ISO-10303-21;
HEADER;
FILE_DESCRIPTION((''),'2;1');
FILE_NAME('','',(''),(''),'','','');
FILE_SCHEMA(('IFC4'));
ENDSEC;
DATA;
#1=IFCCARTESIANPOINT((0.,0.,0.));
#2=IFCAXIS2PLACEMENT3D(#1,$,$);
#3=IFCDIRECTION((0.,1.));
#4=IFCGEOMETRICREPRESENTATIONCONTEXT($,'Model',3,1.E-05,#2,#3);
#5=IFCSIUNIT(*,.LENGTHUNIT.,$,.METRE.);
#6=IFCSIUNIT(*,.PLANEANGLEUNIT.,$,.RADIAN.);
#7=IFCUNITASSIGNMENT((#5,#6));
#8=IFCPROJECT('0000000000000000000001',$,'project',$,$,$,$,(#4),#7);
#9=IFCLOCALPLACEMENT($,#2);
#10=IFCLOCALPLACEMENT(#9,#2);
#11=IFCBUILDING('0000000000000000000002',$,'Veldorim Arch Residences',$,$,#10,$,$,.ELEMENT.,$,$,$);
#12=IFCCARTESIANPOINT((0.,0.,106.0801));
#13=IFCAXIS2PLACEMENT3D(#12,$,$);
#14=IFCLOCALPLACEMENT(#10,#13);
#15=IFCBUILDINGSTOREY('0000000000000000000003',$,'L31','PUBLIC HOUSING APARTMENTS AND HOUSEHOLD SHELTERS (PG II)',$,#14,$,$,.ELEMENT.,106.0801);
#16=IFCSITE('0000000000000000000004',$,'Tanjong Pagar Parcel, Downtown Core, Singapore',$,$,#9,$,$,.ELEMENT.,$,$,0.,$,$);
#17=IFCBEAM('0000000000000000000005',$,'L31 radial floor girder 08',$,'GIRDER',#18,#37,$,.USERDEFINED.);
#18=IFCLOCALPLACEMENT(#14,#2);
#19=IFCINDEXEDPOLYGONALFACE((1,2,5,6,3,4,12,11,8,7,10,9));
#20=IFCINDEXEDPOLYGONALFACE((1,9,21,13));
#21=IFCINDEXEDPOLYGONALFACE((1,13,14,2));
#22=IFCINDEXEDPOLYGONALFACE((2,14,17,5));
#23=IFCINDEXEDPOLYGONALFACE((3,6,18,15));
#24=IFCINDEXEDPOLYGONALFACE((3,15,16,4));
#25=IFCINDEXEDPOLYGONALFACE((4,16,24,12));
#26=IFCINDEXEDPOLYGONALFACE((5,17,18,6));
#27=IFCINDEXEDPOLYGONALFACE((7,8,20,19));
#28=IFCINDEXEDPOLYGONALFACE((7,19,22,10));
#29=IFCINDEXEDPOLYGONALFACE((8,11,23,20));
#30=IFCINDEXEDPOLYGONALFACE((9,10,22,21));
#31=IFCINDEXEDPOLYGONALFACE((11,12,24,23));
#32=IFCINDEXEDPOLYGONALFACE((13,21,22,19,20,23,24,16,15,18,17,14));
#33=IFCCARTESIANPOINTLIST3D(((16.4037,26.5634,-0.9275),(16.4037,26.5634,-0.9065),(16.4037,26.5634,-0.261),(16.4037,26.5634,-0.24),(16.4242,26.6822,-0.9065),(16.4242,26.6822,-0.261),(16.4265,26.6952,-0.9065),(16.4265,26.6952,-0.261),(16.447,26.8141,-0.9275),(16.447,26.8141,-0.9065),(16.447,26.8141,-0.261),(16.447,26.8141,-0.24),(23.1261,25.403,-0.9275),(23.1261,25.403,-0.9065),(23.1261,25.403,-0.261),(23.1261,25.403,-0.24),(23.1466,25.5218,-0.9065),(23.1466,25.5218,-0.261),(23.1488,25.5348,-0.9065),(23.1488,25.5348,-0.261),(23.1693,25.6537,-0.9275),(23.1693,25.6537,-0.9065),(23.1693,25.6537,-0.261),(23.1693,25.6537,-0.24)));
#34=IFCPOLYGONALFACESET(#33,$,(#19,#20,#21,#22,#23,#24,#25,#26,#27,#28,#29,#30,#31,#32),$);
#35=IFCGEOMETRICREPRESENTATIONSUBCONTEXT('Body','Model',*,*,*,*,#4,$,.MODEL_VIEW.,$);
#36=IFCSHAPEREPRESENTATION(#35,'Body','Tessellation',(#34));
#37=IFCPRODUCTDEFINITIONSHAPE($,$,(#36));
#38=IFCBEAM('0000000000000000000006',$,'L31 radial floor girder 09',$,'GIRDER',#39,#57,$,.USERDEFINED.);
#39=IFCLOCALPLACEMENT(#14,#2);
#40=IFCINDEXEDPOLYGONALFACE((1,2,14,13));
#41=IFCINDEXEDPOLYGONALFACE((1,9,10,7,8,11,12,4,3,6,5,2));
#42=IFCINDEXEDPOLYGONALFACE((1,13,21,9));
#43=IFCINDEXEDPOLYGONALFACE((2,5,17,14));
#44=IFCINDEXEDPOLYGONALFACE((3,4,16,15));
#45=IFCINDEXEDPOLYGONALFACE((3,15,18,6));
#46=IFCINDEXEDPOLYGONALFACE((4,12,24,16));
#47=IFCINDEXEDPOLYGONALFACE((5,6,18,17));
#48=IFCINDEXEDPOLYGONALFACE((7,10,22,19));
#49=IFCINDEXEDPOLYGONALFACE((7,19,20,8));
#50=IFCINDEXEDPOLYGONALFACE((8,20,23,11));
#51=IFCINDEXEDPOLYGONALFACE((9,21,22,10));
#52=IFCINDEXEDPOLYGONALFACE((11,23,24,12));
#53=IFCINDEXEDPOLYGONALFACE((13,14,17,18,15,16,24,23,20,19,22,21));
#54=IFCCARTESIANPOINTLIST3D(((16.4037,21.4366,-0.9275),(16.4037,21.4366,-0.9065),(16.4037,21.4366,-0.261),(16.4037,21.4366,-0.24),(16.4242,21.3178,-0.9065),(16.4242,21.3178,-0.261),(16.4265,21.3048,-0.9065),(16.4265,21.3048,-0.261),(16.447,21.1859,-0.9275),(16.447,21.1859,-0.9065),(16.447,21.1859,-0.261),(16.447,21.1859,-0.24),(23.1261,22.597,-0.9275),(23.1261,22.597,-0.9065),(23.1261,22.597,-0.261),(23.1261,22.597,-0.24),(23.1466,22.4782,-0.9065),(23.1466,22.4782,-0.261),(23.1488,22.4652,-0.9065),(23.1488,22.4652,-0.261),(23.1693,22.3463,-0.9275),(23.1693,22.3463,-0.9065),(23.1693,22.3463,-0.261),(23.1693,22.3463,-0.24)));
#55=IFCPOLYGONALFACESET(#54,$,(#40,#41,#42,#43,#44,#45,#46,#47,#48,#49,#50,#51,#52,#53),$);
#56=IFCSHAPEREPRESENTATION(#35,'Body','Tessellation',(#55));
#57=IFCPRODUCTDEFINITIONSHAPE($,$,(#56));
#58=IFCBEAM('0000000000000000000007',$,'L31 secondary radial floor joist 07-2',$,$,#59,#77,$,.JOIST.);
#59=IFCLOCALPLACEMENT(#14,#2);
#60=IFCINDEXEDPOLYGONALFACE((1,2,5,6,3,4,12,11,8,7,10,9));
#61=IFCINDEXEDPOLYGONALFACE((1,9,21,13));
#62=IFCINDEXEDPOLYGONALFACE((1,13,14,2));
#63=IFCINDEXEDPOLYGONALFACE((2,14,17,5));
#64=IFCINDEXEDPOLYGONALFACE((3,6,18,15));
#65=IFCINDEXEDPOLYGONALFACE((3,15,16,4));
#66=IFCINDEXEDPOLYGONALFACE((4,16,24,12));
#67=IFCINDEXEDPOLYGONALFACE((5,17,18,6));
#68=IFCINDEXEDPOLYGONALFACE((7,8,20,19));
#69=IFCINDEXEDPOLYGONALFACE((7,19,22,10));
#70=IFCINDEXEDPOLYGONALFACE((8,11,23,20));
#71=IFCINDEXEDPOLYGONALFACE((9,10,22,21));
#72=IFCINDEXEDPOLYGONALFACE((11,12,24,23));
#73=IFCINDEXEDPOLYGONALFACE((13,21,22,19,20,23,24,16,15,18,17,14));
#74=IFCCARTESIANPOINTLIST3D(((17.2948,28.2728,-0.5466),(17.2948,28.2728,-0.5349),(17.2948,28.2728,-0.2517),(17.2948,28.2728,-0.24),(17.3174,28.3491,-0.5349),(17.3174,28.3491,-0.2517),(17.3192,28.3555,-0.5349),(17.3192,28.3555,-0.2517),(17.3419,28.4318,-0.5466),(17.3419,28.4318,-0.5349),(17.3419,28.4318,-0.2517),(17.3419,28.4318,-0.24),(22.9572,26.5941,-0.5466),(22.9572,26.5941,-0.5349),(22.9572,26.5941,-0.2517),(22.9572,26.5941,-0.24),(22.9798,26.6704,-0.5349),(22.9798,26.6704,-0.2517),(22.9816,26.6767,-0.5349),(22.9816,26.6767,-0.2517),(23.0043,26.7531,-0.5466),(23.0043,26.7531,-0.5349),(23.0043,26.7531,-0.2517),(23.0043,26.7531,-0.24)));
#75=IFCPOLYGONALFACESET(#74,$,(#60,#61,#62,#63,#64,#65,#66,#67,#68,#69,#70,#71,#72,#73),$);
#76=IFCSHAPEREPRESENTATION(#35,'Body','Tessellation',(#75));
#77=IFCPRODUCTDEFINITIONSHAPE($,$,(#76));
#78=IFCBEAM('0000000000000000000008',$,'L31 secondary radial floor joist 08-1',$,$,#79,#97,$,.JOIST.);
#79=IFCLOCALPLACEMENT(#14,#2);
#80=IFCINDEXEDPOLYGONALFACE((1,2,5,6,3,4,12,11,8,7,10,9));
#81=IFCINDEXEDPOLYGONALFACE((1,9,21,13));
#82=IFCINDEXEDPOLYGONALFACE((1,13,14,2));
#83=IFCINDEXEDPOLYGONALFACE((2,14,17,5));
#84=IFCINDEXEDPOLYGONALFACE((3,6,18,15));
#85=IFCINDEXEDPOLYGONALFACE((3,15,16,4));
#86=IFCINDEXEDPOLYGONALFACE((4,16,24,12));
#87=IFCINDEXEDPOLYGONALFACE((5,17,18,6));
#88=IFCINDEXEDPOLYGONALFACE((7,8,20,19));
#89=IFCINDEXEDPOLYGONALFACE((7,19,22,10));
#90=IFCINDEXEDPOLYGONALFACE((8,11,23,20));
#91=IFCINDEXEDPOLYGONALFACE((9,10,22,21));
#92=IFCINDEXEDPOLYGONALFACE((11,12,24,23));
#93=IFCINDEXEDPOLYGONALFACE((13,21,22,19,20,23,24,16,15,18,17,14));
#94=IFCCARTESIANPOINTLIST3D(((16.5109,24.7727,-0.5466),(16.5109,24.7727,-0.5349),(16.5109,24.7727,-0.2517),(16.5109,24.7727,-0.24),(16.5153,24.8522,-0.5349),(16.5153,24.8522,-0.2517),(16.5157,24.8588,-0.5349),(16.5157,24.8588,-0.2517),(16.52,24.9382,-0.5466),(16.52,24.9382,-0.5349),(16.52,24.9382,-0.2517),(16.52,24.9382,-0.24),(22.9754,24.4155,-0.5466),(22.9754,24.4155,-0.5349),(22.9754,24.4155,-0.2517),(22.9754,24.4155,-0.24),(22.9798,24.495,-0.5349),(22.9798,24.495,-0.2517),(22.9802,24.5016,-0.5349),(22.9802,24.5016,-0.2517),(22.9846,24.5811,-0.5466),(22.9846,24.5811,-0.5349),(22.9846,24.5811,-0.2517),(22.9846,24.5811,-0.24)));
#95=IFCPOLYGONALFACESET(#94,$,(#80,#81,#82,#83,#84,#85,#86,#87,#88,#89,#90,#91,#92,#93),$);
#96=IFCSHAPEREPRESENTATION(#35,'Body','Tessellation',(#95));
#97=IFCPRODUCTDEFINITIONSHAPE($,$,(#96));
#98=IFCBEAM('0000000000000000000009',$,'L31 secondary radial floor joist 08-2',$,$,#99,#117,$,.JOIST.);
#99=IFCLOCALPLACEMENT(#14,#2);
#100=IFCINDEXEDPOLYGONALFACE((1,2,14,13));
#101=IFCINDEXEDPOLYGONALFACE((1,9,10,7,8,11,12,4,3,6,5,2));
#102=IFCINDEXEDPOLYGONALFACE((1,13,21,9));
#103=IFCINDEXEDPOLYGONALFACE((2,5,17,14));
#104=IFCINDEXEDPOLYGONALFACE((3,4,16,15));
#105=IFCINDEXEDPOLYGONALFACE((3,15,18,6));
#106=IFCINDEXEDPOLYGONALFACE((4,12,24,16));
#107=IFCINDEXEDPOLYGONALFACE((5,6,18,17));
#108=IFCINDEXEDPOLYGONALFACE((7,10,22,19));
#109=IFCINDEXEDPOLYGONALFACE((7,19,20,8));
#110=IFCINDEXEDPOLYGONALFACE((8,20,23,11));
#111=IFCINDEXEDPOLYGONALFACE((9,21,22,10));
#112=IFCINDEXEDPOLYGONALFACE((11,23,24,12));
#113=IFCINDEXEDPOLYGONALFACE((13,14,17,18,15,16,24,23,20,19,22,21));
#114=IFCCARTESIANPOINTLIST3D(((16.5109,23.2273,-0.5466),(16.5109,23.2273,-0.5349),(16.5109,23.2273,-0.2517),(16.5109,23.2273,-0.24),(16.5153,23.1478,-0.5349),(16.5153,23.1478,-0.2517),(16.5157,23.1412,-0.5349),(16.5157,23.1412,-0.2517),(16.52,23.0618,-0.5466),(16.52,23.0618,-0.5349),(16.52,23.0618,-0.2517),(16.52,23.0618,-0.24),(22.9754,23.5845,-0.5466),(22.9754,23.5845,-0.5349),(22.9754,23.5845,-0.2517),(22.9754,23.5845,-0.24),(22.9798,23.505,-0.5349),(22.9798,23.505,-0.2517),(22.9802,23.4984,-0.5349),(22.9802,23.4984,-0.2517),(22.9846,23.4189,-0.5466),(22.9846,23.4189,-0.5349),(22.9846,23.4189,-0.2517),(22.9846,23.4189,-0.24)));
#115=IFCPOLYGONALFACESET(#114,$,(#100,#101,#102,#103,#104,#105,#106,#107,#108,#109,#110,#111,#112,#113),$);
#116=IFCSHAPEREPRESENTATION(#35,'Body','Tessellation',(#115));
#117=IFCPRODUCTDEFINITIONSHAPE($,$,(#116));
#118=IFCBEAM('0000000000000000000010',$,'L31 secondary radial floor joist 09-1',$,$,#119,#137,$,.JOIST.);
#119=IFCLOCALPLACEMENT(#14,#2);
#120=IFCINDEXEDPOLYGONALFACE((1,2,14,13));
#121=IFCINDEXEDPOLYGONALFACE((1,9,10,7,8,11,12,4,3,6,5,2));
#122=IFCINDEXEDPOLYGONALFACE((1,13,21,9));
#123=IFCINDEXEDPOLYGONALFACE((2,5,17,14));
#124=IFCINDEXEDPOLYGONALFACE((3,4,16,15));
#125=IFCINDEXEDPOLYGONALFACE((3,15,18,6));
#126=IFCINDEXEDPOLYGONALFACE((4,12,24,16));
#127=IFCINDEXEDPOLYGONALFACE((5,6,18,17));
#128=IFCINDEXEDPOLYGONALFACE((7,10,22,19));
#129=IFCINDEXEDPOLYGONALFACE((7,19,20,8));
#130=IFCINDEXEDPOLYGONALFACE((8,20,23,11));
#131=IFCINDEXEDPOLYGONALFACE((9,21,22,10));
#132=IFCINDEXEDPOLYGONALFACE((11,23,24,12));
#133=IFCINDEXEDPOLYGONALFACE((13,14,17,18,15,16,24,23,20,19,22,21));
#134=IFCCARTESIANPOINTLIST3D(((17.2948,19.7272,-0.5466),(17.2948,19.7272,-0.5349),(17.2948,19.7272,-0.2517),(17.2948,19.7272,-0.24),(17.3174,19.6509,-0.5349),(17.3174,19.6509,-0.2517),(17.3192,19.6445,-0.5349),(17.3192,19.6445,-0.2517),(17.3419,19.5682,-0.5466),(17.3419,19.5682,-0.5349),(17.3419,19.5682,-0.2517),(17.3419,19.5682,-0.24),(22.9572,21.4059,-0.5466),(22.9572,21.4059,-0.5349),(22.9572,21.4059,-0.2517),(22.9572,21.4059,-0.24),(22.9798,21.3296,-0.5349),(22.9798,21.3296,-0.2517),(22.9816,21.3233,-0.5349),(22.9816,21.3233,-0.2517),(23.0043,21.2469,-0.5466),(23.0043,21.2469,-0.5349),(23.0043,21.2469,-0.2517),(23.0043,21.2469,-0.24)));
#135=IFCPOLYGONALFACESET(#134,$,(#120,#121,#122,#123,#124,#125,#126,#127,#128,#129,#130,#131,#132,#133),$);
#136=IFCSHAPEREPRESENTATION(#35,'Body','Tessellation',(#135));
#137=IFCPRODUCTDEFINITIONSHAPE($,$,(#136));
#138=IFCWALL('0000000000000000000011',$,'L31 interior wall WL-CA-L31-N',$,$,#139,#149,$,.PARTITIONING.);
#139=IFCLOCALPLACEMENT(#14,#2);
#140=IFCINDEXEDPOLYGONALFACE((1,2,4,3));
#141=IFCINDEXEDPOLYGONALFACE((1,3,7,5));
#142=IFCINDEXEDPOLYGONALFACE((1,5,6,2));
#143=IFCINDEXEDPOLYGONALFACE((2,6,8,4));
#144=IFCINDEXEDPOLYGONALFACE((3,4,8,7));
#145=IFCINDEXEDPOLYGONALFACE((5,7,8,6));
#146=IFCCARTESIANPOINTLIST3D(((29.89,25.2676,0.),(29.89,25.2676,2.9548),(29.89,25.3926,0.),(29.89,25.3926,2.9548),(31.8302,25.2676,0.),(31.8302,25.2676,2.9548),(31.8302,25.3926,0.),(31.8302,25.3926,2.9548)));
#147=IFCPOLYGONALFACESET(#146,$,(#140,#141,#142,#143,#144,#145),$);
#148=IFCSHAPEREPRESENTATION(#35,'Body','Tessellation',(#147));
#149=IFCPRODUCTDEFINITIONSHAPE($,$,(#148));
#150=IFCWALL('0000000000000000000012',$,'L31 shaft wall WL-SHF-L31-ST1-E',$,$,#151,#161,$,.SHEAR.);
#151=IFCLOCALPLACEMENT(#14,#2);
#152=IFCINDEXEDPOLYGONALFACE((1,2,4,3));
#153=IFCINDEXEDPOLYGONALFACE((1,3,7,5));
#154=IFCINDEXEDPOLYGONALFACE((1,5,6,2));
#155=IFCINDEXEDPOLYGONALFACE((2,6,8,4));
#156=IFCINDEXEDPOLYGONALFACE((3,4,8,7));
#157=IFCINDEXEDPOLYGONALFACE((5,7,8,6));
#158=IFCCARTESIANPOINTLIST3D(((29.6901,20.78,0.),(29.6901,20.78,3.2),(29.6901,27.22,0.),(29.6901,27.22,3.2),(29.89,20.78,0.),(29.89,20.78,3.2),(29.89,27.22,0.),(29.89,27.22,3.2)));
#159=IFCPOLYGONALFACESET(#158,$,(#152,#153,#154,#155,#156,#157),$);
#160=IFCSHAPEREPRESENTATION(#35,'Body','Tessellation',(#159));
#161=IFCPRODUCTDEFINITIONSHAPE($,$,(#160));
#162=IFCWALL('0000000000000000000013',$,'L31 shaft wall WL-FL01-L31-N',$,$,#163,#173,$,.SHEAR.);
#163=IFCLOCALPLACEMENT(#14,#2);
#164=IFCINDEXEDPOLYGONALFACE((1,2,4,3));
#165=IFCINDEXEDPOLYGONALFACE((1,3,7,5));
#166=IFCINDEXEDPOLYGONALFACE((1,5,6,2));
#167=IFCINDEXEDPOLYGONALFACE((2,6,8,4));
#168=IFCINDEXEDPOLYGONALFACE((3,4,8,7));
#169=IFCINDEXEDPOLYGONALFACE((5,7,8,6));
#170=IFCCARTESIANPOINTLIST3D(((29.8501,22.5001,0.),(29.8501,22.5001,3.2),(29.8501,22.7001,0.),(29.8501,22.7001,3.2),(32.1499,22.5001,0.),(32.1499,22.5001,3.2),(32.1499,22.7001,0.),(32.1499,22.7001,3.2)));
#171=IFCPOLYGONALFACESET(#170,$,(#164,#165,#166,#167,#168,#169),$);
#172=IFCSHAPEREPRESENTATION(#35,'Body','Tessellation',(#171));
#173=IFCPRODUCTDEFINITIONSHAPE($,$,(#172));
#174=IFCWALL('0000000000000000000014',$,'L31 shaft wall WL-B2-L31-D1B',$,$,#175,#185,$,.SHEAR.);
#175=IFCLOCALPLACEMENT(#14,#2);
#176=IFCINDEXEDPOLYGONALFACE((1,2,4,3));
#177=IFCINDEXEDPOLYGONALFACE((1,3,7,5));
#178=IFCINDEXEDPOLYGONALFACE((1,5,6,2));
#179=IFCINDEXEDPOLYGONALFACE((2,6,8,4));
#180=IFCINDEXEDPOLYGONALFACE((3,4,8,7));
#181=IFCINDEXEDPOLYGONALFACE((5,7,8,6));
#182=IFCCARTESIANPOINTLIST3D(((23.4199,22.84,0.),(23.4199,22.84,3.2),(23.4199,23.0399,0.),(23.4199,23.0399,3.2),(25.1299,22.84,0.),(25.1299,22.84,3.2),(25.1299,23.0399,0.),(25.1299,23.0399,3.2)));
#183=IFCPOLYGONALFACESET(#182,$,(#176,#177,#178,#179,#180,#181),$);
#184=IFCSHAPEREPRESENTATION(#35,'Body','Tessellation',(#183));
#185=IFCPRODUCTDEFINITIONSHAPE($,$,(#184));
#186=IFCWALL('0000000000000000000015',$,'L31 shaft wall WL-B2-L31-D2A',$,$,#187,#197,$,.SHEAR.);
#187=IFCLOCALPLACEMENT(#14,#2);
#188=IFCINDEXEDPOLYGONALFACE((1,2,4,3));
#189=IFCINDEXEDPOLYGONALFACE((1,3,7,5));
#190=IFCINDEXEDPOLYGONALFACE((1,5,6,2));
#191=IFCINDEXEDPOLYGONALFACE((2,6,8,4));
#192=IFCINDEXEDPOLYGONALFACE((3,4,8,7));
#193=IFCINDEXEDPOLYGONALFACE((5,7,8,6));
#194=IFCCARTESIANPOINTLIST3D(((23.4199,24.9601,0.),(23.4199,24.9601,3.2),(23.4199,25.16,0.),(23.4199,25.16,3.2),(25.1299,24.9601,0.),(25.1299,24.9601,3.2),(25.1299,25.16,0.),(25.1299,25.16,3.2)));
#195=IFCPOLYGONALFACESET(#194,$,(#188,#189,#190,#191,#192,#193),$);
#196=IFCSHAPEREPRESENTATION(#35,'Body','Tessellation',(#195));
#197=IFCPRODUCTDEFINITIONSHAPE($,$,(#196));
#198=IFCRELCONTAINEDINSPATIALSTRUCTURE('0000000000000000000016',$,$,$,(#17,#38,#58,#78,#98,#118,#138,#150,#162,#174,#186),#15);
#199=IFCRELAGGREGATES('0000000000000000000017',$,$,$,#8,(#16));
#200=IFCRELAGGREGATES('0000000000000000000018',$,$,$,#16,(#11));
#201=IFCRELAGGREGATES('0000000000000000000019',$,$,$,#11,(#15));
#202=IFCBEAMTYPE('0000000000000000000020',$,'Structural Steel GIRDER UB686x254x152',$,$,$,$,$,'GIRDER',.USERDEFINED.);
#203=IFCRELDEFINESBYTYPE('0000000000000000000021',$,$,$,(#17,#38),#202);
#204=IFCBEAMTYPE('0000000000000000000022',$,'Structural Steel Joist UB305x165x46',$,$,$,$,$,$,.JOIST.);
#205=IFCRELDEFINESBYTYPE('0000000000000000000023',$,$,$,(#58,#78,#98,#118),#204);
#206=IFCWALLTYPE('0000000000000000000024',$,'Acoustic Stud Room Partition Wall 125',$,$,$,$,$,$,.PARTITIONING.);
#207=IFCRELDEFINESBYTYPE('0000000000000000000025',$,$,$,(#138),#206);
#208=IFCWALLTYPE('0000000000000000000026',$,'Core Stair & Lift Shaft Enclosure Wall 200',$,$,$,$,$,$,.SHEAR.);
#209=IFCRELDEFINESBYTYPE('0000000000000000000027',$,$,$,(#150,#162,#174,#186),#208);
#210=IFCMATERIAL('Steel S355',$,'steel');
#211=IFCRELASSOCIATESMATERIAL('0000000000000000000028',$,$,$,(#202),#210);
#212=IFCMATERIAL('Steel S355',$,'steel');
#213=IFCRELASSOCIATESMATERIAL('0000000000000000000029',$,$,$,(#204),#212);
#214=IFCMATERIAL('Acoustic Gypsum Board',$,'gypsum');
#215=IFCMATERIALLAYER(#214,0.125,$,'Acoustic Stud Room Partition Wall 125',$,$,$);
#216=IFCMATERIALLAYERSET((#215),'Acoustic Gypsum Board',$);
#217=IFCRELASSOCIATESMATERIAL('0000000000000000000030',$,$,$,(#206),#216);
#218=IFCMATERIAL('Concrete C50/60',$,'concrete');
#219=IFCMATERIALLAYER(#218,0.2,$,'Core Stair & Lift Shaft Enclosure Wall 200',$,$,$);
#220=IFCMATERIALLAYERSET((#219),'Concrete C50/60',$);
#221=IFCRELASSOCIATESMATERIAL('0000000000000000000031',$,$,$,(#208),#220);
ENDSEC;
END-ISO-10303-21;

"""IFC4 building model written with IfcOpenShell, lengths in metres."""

from ifc_helpers import new_model, si_unit, direction, frame, frame_2d, origin, origin_2d, place, context, subcontext, project, spatial, rectangle, i_section, extrude, material, layer, layer_set, material_profile, profile_set, type_object, element, save


model = new_model("IFC4")

# Units and contexts
model_context = context("Model", 3, precision=1e-05, world=origin(), true_north=direction((0.0, 1.0)))
body_context = subcontext(model_context, "Body", "Model", "MODEL_VIEW")
ifc_project = project(units=[si_unit("LENGTHUNIT", "METRE"), si_unit("PLANEANGLEUNIT", "RADIAN")], contexts=[model_context])

# Site, building, storey
site_placement = place(None, origin())
site = spatial("IfcSite", under=ifc_project, at=site_placement, Name="Tanjong Pagar Parcel, Downtown Core, Singapore", CompositionType="ELEMENT", RefElevation=0.0)
building_placement = place(site_placement, origin())
building = spatial("IfcBuilding", under=site, at=building_placement, Name="Veldorim Arch Residences", CompositionType="ELEMENT")
storey_placement = place(building_placement, frame((0.0, 0.0, 106.0801)))
storey = spatial("IfcBuildingStorey", under=building, at=storey_placement, Name="L31", Description="PUBLIC HOUSING APARTMENTS AND HOUSEHOLD SHELTERS (PG II)", CompositionType="ELEMENT", Elevation=106.0801)

# Beams
ifc_material_1 = material(Name="Steel S355", Category="steel")
ifc_material_profile_1 = material_profile(ifc_material_1, i_section(OverallWidth=0.2544, OverallDepth=0.6875, WebThickness=0.0132, FlangeThickness=0.021, at=origin_2d()), Name="UB686x254x152")
ifc_profile_set_1 = profile_set([ifc_material_profile_1], Name="Steel S355")
beam_type_1 = type_object("IfcBeamType", Name="Structural Steel GIRDER UB686x254x152", ElementType="GIRDER", PredefinedType="USERDEFINED", material=ifc_profile_set_1)
for number, where, z_axis, x_axis, name in (
    (1, (23.1477, 25.5283, -0.5837), (-0.985427, 0.170101, 0.0), (-0.170101, -0.985427, 0.0), "L31 radial floor girder 08"),
    (2, (23.1477, 22.4717, -0.5837), (-0.985427, -0.170101, 0.0), (0.170101, -0.985427, 0.0), "L31 radial floor girder 09"),
):
    element("IfcBeam", number, at=place(storey_placement, frame(where, z_axis=z_axis, x_axis=x_axis)), inside=storey, type_object=beam_type_1, Name=name, ObjectType="GIRDER", PredefinedType="USERDEFINED", context=body_context, shape_type="SweptSolid", body=[
        extrude(i_section(OverallWidth=0.2544, OverallDepth=0.6875, WebThickness=0.0132, FlangeThickness=0.021, at=origin_2d()), origin(), (0.0, 0.0, 1.0), 6.8218),
    ])
ifc_material_2 = material(Name="Steel S355", Category="steel")
ifc_material_profile_2 = material_profile(ifc_material_2, i_section(OverallWidth=0.1658, OverallDepth=0.3066, WebThickness=0.0066, FlangeThickness=0.0117, at=origin_2d()), Name="UB305x165x46")
ifc_profile_set_2 = profile_set([ifc_material_profile_2], Name="Steel S355")
beam_type_2 = type_object("IfcBeamType", Name="Structural Steel Joist UB305x165x46", PredefinedType="JOIST", material=ifc_profile_set_2)
beam_1_placement = place(storey_placement, frame((22.9807, 26.6736, -0.3933), z_axis=(-0.958753, 0.28424, 0.0), x_axis=(-0.28424, -0.958753, 0.0)))
element("IfcBeam", 3, at=beam_1_placement, inside=storey, type_object=beam_type_2, Name="L31 secondary radial floor joist 07-2", PredefinedType="JOIST", context=body_context, shape_type="SweptSolid", body=[
    extrude(i_section(OverallWidth=0.1658, OverallDepth=0.3066, WebThickness=0.0066, FlangeThickness=0.0117, at=origin_2d()), origin(), (0.0, 0.0, 1.0), 5.906),
])
for number, where, z_axis, x_axis, name in (
    (4, (22.98, 24.4983, -0.3933), (-0.998477, 0.055167, 0.0), (-0.055167, -0.998477, 0.0), "L31 secondary radial floor joist 08-1"),
    (5, (22.98, 23.5017, -0.3933), (-0.998477, -0.055167, 0.0), (0.055167, -0.998477, 0.0), "L31 secondary radial floor joist 08-2"),
):
    element("IfcBeam", number, at=place(storey_placement, frame(where, z_axis=z_axis, x_axis=x_axis)), inside=storey, type_object=beam_type_2, Name=name, PredefinedType="JOIST", context=body_context, shape_type="SweptSolid", body=[
        extrude(i_section(OverallWidth=0.1658, OverallDepth=0.3066, WebThickness=0.0066, FlangeThickness=0.0117, at=origin_2d()), origin(), (0.0, 0.0, 1.0), 6.4744),
    ])
beam_2_placement = place(storey_placement, frame((22.9807, 21.3264, -0.3933), z_axis=(-0.958753, -0.28424, 0.0), x_axis=(0.28424, -0.958753, 0.0)))
element("IfcBeam", 6, at=beam_2_placement, inside=storey, type_object=beam_type_2, Name="L31 secondary radial floor joist 09-1", PredefinedType="JOIST", context=body_context, shape_type="SweptSolid", body=[
    extrude(i_section(OverallWidth=0.1658, OverallDepth=0.3066, WebThickness=0.0066, FlangeThickness=0.0117, at=origin_2d()), origin(), (0.0, 0.0, 1.0), 5.906),
])

# Walls
ifc_material_3 = material(Name="Acoustic Gypsum Board", Category="gypsum")
ifc_layer_1 = layer(ifc_material_3, 0.125, Name="Acoustic Stud Room Partition Wall 125")
ifc_layer_set_1 = layer_set([ifc_layer_1], Name="Acoustic Gypsum Board")
wall_type_1 = type_object("IfcWallType", Name="Acoustic Stud Room Partition Wall 125", PredefinedType="PARTITIONING", material=ifc_layer_set_1)
wall_1_placement = place(storey_placement, frame((29.8899, 25.3301, 0.0), z_axis=(0.0, 0.0, 1.0), x_axis=(1.0, 0.0, 0.0)))
element("IfcWall", 7, at=wall_1_placement, inside=storey, type_object=wall_type_1, Name="L31 interior wall WL-CA-L31-N", PredefinedType="PARTITIONING", context=body_context, shape_type="SweptSolid", body=[
    extrude(rectangle(XDim=1.9402, YDim=0.125, at=frame_2d((0.9702, 0.0))), origin(), (0.0, 0.0, 1.0), 2.9548),
])
ifc_material_4 = material(Name="Concrete C50/60", Category="concrete")
ifc_layer_2 = layer(ifc_material_4, 0.2, Name="Core Stair & Lift Shaft Enclosure Wall 200")
ifc_layer_set_2 = layer_set([ifc_layer_2], Name="Concrete C50/60")
wall_type_2 = type_object("IfcWallType", Name="Core Stair & Lift Shaft Enclosure Wall 200", PredefinedType="SHEAR", material=ifc_layer_set_2)
wall_2_placement = place(storey_placement, frame((29.79, 20.78, 0.0), z_axis=(0.0, 0.0, 1.0), x_axis=(0.0, 1.0, 0.0)))
element("IfcWall", 8, at=wall_2_placement, inside=storey, type_object=wall_type_2, Name="L31 shaft wall WL-SHF-L31-ST1-E", PredefinedType="SHEAR", context=body_context, shape_type="SweptSolid", body=[
    extrude(rectangle(XDim=6.4399, YDim=0.2, at=frame_2d((3.22, 0.0))), origin(), (0.0, 0.0, 1.0), 3.2),
])
wall_3_placement = place(storey_placement, frame((29.8501, 22.6001, 0.0), z_axis=(0.0, 0.0, 1.0), x_axis=(1.0, 0.0, 0.0)))
element("IfcWall", 9, at=wall_3_placement, inside=storey, type_object=wall_type_2, Name="L31 shaft wall WL-FL01-L31-N", PredefinedType="SHEAR", context=body_context, shape_type="SweptSolid", body=[
    extrude(rectangle(XDim=2.2998, YDim=0.2, at=frame_2d((1.1499, 0.0))), origin(), (0.0, 0.0, 1.0), 3.2),
])
for number, where, z_axis, x_axis, name in (
    (10, (23.4199, 22.9399, 0.0), (0.0, 0.0, 1.0), (1.0, 0.0, 0.0), "L31 shaft wall WL-B2-L31-D1B"),
    (11, (23.4199, 25.0601, 0.0), (0.0, 0.0, 1.0), (1.0, 0.0, 0.0), "L31 shaft wall WL-B2-L31-D2A"),
):
    element("IfcWall", number, at=place(storey_placement, frame(where, z_axis=z_axis, x_axis=x_axis)), inside=storey, type_object=wall_type_2, Name=name, PredefinedType="SHEAR", context=body_context, shape_type="SweptSolid", body=[
        extrude(rectangle(XDim=1.71, YDim=0.2, at=frame_2d((0.855, 0.0))), origin(), (0.0, 0.0, 1.0), 3.2),
    ])

save(model, "model.ifc")
